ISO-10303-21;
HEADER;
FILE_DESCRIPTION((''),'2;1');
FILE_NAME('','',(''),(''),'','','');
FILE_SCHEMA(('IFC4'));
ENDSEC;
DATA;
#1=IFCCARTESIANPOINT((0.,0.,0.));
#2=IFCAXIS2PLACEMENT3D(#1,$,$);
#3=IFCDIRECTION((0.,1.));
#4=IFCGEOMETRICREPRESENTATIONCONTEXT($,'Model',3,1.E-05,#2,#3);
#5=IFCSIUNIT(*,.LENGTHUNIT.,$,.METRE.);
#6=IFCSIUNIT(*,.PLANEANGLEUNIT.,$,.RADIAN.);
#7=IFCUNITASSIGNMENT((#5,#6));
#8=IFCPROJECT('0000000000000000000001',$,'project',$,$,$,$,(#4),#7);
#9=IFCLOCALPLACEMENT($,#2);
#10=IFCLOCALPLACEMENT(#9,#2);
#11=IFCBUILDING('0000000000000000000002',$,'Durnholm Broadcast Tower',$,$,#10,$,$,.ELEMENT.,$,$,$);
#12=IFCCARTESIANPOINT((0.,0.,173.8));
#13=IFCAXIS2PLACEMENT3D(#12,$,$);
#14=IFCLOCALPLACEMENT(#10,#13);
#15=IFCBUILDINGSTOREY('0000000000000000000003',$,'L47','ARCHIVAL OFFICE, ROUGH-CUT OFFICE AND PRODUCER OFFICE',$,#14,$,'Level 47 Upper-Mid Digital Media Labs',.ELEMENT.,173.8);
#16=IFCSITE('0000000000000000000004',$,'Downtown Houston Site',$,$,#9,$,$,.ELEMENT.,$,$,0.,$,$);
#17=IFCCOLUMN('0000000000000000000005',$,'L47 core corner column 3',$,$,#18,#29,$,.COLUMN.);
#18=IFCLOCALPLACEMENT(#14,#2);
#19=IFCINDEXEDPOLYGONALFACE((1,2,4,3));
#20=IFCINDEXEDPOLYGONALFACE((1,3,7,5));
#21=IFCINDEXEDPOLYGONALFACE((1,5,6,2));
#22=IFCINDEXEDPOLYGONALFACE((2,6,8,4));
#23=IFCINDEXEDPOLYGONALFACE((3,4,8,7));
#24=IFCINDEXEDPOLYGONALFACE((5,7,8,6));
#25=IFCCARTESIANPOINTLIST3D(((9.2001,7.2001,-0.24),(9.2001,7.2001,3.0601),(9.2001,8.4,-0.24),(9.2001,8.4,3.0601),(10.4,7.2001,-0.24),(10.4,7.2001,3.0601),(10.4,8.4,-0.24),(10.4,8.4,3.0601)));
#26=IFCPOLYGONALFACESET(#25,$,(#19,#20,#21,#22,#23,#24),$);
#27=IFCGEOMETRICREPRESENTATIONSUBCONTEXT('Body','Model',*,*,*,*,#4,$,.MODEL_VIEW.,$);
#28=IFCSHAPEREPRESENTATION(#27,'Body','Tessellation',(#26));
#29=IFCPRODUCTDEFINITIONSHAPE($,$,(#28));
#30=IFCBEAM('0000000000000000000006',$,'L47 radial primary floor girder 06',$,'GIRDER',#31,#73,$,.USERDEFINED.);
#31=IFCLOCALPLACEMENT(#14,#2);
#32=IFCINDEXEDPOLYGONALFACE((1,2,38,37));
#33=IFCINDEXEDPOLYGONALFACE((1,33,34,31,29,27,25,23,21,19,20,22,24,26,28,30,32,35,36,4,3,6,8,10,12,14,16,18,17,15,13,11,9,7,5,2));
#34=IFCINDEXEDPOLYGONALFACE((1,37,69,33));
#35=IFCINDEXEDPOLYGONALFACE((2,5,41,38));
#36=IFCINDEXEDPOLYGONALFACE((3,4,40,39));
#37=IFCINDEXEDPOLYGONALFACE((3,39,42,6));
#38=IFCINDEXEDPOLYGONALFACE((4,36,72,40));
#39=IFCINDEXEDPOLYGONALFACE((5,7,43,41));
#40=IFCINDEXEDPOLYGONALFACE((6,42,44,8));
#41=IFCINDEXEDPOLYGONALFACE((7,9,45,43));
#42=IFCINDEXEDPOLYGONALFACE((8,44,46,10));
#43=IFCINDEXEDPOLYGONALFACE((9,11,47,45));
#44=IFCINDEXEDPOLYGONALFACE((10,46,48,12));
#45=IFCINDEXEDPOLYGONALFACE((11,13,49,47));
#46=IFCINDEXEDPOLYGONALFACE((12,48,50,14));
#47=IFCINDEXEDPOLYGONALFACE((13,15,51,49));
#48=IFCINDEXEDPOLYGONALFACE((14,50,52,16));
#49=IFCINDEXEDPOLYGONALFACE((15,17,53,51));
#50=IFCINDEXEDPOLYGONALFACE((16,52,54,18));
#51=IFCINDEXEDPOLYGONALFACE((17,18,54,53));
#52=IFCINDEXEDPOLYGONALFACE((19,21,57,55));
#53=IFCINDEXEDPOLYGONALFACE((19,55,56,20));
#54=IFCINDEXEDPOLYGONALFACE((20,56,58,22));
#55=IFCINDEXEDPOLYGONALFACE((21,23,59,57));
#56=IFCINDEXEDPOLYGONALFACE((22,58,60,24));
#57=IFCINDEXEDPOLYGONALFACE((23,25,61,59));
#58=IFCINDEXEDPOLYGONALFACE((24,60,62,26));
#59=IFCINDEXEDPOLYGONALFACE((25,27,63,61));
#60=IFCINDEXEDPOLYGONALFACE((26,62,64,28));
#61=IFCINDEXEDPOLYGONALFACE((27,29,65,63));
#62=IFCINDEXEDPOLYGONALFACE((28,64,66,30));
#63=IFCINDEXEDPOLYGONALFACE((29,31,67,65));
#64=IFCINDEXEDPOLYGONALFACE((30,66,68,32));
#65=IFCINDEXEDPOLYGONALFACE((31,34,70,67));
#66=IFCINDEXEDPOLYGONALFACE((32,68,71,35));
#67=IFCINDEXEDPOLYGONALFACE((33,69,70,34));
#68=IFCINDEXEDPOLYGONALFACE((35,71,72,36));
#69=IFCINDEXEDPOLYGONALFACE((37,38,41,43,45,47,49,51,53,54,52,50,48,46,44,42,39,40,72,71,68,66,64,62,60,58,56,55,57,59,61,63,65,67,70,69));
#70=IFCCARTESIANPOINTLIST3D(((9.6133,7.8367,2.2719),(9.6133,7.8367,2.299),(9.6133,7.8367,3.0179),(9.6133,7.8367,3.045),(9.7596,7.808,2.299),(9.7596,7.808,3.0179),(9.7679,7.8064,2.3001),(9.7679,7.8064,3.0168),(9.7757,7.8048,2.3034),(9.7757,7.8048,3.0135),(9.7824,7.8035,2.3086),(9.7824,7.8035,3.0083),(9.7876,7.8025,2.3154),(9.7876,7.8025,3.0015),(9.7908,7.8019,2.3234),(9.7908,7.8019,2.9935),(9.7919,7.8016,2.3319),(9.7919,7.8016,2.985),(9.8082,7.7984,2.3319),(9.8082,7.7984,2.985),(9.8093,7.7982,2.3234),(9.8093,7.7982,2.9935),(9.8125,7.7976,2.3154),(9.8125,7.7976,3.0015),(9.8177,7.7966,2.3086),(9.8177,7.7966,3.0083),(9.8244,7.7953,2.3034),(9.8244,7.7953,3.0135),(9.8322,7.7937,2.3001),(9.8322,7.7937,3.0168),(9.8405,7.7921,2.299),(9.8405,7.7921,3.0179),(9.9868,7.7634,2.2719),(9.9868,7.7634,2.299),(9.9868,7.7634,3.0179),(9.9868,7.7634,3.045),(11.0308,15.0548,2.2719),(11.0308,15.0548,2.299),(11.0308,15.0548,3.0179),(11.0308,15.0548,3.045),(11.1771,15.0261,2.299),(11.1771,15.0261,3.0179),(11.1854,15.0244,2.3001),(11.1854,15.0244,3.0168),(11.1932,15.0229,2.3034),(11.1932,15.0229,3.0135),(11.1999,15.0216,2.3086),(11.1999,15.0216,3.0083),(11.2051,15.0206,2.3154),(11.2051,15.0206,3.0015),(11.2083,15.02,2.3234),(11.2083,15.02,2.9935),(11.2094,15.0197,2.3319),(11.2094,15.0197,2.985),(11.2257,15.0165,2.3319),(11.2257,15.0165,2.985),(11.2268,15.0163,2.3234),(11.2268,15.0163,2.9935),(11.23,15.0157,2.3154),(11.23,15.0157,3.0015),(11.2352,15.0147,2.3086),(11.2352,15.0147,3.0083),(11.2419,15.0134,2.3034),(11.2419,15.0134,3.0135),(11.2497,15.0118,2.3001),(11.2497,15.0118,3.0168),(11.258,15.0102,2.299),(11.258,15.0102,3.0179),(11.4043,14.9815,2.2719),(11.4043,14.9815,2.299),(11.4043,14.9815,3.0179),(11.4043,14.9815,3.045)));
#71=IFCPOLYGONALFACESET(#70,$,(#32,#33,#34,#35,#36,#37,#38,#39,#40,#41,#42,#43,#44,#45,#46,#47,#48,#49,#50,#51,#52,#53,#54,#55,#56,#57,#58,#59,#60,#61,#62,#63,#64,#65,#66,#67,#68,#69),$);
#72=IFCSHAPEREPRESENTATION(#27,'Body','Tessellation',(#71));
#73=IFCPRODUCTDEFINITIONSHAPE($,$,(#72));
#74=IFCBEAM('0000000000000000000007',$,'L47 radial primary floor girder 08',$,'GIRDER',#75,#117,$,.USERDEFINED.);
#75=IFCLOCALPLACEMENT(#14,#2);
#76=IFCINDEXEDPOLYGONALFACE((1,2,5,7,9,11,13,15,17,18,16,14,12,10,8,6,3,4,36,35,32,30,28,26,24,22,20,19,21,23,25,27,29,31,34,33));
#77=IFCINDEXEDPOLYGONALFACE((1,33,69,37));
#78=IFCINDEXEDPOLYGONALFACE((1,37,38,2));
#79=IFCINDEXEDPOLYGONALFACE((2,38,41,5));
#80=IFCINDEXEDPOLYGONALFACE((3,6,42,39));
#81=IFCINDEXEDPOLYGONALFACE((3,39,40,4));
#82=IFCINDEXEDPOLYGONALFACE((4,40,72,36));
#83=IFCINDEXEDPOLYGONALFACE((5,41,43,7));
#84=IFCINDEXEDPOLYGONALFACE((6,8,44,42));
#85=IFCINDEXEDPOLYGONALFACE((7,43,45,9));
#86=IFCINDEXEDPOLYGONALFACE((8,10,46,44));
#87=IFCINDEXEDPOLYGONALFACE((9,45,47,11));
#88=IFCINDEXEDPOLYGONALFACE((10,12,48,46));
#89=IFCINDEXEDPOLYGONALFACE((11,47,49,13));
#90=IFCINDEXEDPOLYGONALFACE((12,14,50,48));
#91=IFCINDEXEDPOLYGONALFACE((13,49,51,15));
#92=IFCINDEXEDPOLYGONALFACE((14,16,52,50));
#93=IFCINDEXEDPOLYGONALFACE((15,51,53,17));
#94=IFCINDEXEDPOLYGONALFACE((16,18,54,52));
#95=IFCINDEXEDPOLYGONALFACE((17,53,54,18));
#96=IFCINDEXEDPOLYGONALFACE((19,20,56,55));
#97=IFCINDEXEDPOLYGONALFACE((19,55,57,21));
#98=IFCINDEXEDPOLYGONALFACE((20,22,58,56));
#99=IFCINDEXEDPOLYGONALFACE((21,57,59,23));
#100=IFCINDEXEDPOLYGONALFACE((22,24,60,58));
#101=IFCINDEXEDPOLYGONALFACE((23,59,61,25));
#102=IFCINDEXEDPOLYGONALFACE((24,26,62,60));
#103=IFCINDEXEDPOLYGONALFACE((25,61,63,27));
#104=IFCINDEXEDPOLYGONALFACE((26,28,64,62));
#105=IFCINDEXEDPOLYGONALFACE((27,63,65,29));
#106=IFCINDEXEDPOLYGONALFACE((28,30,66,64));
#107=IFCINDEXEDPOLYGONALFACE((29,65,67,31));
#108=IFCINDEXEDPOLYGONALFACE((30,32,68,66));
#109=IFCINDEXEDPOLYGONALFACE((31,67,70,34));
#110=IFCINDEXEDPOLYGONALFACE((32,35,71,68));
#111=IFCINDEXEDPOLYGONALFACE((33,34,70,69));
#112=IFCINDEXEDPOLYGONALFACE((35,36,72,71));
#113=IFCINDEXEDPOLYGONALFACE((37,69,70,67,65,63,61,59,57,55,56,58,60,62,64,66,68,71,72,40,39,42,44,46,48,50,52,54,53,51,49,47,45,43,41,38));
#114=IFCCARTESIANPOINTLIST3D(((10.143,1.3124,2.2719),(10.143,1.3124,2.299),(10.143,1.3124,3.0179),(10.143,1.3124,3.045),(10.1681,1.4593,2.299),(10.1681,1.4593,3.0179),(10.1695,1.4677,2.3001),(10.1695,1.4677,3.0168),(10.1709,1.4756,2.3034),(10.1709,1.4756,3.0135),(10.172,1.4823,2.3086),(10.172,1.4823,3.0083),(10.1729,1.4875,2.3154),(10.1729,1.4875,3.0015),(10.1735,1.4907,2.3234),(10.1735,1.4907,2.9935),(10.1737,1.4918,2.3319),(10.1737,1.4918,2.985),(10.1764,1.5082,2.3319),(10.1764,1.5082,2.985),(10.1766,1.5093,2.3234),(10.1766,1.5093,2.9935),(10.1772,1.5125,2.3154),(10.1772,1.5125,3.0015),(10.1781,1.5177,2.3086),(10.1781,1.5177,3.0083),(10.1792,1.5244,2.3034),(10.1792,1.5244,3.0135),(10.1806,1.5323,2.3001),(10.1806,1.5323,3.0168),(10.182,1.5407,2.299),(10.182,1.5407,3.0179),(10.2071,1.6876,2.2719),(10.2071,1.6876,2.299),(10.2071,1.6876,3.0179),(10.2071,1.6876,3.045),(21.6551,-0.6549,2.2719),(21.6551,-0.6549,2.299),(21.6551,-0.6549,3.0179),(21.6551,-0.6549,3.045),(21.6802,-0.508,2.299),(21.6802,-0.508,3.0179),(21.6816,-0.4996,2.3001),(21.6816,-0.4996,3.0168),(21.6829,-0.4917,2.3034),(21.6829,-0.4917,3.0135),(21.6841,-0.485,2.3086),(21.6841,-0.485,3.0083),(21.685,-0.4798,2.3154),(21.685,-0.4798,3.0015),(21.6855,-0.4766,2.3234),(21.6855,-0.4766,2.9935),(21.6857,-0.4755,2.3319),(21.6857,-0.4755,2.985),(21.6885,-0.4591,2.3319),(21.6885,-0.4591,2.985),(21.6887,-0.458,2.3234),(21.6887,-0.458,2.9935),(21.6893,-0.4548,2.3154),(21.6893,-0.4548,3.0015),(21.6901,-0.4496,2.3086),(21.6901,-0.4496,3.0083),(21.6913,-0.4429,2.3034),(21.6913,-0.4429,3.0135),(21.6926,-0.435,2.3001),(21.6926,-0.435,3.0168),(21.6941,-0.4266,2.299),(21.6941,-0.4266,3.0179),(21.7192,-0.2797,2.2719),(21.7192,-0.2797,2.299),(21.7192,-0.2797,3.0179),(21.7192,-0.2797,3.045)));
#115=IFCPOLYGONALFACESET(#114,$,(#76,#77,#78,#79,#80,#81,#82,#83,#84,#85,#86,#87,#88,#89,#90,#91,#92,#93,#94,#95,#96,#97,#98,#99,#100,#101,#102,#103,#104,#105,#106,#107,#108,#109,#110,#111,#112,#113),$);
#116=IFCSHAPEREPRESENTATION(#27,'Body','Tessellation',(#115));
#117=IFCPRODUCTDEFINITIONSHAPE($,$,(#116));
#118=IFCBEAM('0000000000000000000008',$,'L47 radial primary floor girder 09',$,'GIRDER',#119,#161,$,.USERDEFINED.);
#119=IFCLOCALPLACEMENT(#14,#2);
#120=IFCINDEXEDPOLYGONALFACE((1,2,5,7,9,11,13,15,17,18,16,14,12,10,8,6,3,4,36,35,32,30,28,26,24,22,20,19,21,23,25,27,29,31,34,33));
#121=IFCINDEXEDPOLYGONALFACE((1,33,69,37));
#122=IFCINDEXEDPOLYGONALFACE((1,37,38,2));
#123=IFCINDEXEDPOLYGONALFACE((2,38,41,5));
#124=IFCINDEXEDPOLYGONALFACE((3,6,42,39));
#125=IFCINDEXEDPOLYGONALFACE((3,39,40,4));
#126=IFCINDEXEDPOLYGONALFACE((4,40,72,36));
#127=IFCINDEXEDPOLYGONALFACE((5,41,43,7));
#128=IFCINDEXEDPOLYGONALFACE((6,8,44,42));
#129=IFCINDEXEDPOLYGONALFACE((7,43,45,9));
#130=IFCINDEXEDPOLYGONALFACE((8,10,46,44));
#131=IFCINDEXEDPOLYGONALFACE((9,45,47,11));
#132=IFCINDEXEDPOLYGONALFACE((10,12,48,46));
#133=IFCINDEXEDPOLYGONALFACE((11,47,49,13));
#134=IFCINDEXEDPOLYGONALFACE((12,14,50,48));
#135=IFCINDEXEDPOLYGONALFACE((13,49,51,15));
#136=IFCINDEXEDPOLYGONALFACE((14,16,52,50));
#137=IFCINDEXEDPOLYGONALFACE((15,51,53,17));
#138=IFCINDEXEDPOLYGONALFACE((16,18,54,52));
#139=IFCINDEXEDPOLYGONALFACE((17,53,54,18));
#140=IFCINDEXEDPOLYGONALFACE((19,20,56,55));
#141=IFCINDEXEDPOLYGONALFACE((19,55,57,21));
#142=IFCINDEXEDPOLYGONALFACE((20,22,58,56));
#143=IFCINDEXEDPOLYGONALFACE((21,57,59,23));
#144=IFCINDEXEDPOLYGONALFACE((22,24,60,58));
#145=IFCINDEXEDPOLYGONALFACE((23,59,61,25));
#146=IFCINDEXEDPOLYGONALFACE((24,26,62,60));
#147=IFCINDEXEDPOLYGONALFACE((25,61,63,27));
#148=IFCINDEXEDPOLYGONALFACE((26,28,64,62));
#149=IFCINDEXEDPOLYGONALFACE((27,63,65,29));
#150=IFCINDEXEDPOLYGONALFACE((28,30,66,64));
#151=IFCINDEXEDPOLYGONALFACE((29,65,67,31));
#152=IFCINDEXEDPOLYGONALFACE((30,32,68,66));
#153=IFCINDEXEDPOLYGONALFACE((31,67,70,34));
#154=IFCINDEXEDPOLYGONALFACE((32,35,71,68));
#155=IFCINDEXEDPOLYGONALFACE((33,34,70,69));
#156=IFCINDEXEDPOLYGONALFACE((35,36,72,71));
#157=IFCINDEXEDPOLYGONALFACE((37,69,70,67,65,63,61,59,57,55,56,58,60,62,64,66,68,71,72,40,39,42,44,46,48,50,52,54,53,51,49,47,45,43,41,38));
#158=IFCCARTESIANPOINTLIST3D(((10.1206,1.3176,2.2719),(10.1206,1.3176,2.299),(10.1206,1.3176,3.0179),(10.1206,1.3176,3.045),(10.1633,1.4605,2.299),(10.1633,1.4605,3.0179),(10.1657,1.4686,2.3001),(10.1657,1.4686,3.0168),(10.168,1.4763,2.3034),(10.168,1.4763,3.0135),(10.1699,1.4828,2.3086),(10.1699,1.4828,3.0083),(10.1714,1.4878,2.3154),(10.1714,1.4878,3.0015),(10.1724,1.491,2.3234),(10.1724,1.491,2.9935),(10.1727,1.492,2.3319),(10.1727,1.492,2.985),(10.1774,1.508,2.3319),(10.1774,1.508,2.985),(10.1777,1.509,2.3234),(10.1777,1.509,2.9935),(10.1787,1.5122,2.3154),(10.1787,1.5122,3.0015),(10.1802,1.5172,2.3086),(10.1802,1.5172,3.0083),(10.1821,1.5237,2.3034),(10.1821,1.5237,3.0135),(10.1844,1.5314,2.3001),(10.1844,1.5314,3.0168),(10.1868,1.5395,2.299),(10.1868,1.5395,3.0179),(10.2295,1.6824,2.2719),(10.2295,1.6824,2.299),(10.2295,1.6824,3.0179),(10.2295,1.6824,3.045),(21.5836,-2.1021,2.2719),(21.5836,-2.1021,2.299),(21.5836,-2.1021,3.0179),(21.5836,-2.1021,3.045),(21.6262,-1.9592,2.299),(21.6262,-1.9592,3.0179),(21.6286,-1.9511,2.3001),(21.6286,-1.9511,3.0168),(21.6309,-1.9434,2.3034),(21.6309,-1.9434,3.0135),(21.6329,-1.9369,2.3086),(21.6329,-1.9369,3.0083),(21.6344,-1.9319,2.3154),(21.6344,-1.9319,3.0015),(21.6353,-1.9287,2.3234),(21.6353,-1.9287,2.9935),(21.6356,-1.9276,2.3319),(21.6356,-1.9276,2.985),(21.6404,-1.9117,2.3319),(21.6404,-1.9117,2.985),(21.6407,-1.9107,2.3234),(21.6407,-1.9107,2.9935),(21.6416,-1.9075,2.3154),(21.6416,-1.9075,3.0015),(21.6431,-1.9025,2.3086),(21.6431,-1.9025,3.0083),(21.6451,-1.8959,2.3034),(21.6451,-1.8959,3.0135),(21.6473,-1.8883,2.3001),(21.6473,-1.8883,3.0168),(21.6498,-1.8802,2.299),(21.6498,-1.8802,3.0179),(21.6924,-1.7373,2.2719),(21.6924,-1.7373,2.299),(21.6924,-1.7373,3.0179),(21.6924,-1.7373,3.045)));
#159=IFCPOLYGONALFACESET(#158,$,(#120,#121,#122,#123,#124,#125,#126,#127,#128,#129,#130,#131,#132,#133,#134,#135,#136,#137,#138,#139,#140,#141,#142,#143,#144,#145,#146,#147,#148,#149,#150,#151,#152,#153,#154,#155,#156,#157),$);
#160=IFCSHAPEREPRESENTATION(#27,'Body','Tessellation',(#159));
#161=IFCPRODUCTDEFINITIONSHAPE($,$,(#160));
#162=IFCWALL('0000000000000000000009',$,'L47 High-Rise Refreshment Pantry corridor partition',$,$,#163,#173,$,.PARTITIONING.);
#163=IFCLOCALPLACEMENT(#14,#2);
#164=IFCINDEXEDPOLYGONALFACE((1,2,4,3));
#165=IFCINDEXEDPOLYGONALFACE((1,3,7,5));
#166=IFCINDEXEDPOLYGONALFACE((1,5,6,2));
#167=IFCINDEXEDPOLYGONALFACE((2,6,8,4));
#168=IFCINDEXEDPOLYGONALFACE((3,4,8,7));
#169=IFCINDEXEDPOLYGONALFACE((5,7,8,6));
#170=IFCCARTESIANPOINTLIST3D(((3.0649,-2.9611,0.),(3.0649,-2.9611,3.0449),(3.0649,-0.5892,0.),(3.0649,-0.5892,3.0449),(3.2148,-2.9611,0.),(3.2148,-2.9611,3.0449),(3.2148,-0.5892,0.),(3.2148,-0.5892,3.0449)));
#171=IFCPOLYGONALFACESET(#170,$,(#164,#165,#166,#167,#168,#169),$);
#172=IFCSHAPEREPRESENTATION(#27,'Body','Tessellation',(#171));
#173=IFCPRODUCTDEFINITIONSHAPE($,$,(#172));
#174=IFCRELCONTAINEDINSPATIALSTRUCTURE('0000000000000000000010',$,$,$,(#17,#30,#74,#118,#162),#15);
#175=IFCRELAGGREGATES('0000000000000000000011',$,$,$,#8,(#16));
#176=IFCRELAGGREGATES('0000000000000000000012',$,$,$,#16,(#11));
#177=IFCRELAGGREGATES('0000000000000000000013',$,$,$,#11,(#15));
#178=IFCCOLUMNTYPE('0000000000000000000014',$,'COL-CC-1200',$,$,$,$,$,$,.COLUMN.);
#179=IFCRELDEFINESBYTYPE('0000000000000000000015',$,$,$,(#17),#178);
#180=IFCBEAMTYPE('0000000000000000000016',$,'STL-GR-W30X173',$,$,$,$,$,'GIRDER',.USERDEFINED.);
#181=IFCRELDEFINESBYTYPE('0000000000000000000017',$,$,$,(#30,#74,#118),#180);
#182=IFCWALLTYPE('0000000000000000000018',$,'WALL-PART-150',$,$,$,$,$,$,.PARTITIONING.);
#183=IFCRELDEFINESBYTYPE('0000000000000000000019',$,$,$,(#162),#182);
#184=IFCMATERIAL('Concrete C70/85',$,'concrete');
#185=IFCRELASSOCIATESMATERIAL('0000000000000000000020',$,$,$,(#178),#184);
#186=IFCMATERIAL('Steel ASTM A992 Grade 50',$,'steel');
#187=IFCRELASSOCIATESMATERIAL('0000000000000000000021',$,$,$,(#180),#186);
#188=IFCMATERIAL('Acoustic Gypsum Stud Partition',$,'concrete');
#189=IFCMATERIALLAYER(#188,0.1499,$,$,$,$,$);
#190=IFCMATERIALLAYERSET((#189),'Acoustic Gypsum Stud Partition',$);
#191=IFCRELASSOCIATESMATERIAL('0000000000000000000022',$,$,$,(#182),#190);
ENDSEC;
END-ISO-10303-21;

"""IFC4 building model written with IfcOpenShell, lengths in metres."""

from ifc_helpers import new_model, si_unit, direction, frame, frame_2d, origin, origin_2d, place, context, subcontext, project, spatial, rectangle, i_section, extrude, source, transform, mapped, material, layer, layer_set, material_profile, profile_set, type_object, type_shapes, element, save


model = new_model("IFC4")

# Units and contexts
model_context = context("Model", 3, precision=1e-05, world=origin(), true_north=direction((0.0, 1.0)))
body_context = subcontext(model_context, "Body", "Model", "MODEL_VIEW")
ifc_project = project(units=[si_unit("LENGTHUNIT", "METRE"), si_unit("PLANEANGLEUNIT", "RADIAN")], contexts=[model_context])

# Site, building, storey
site_placement = place(None, origin())
site = spatial("IfcSite", under=ifc_project, at=site_placement, Name="Downtown Houston Site", CompositionType="ELEMENT", RefElevation=0.0)
building_placement = place(site_placement, origin())
building = spatial("IfcBuilding", under=site, at=building_placement, Name="Durnholm Broadcast Tower", CompositionType="ELEMENT")
storey_placement = place(building_placement, frame((0.0, 0.0, 173.8)))
storey = spatial("IfcBuildingStorey", under=building, at=storey_placement, Name="L47", Description="ARCHIVAL OFFICE, ROUGH-CUT OFFICE AND PRODUCER OFFICE", LongName="Level 47 Upper-Mid Digital Media Labs", CompositionType="ELEMENT", Elevation=173.8)

# Column
ifc_material_1 = material(Name="Concrete C70/85", Category="concrete")
ifc_material_profile_1 = material_profile(ifc_material_1, rectangle(XDim=1.2, YDim=1.2, at=origin_2d()), Name="RC1200X1200")
ifc_profile_set_1 = profile_set([ifc_material_profile_1], Name="Concrete C70/85")
column_type = type_object("IfcColumnType", Name="COL-CC-1200", PredefinedType="COLUMN", material=ifc_profile_set_1)
shared_shape_1 = source(origin(), body_context, "Body", "SweptSolid", [
    extrude(rectangle(XDim=1.2, YDim=1.2, at=origin_2d()), origin(), (0.0, 0.0, 1.0), 3.3),
])
type_shapes(column_type, [shared_shape_1])
column_placement = place(storey_placement, frame((9.8, 7.8, -0.24), z_axis=(0.0, 0.0, 1.0), x_axis=(1.0, 0.0, 0.0)))
element("IfcColumn", 1, at=column_placement, inside=storey, type_object=column_type, Name="L47 core corner column 3", PredefinedType="COLUMN", context=body_context, shape_type="MappedRepresentation", body=[
    mapped(shared_shape_1, transform((0.0, 0.0, 0.0), x_axis=(1.0, 0.0, 0.0), y_axis=(0.0, 1.0, 0.0), z_axis=(0.0, 0.0, 1.0), scale=1.0)),
])

# Beams
ifc_material_2 = material(Name="Steel ASTM A992 Grade 50", Category="steel")
ifc_material_profile_2 = material_profile(ifc_material_2, i_section(OverallWidth=0.3806, OverallDepth=0.7732, WebThickness=0.0166, FlangeThickness=0.0271, FilletRadius=0.033, at=origin_2d()), Name="W30X173")
ifc_profile_set_2 = profile_set([ifc_material_profile_2], Name="Steel ASTM A992 Grade 50")
beam_type = type_object("IfcBeamType", Name="STL-GR-W30X173", ElementType="GIRDER", PredefinedType="USERDEFINED", material=ifc_profile_set_2)
shared_shape_2 = source(origin(), body_context, "Body", "SweptSolid", [
    extrude(i_section(OverallWidth=0.3806, OverallDepth=0.7732, WebThickness=0.0166, FlangeThickness=0.0271, FilletRadius=0.033, at=origin_2d()), origin(), (0.0, 0.0, 1.0), 7.356),
])
beam_1_placement = place(storey_placement, frame((9.8, 7.8, 2.6584), z_axis=(0.1927, 0.981258, 0.0), x_axis=(-0.981258, 0.1927, 0.0)))
element("IfcBeam", 2, at=beam_1_placement, inside=storey, type_object=beam_type, Name="L47 radial primary floor girder 06", ObjectType="GIRDER", PredefinedType="USERDEFINED", context=body_context, shape_type="MappedRepresentation", body=[
    mapped(shared_shape_2, transform((0.0, 0.0, 0.0), x_axis=(1.0, 0.0, 0.0), y_axis=(0.0, 1.0, 0.0), z_axis=(0.0, 0.0, 1.0), scale=1.0)),
])
shared_shape_3 = source(origin(), body_context, "Body", "SweptSolid", [
    extrude(i_section(OverallWidth=0.3806, OverallDepth=0.7732, WebThickness=0.0166, FlangeThickness=0.0271, FilletRadius=0.033, at=origin_2d()), origin(), (0.0, 0.0, 1.0), 11.679),
])
beam_2_placement = place(storey_placement, frame((10.175, 1.5, 2.6584), z_axis=(0.98571, -0.168449, 0.0), x_axis=(0.168449, 0.98571, 0.0)))
element("IfcBeam", 3, at=beam_2_placement, inside=storey, type_object=beam_type, Name="L47 radial primary floor girder 08", ObjectType="GIRDER", PredefinedType="USERDEFINED", context=body_context, shape_type="MappedRepresentation", body=[
    mapped(shared_shape_3, transform((0.0, 0.0, 0.0), x_axis=(1.0, 0.0, 0.0), y_axis=(0.0, 1.0, 0.0), z_axis=(0.0, 0.0, 1.0), scale=1.0)),
])
shared_shape_4 = source(origin(), body_context, "Body", "SweptSolid", [
    extrude(i_section(OverallWidth=0.3806, OverallDepth=0.7732, WebThickness=0.0166, FlangeThickness=0.0271, FilletRadius=0.033, at=origin_2d()), origin(), (0.0, 0.0, 1.0), 11.9622),
])
type_shapes(beam_type, [shared_shape_2, shared_shape_3, shared_shape_4])
beam_3_placement = place(storey_placement, frame((10.175, 1.5, 2.6584), z_axis=(0.958267, -0.285876, 0.0), x_axis=(0.285876, 0.958267, 0.0)))
element("IfcBeam", 4, at=beam_3_placement, inside=storey, type_object=beam_type, Name="L47 radial primary floor girder 09", ObjectType="GIRDER", PredefinedType="USERDEFINED", context=body_context, shape_type="MappedRepresentation", body=[
    mapped(shared_shape_4, transform((0.0, 0.0, 0.0), x_axis=(1.0, 0.0, 0.0), y_axis=(0.0, 1.0, 0.0), z_axis=(0.0, 0.0, 1.0), scale=1.0)),
])

# Wall
ifc_material_3 = material(Name="Acoustic Gypsum Stud Partition", Category="concrete")
ifc_layer_1 = layer(ifc_material_3, 0.1499)
ifc_layer_set_1 = layer_set([ifc_layer_1], Name="Acoustic Gypsum Stud Partition")
wall_type_1 = type_object("IfcWallType", Name="WALL-PART-150", PredefinedType="PARTITIONING", material=ifc_layer_set_1)
wall_1_placement = place(storey_placement, frame((3.1399, -0.5891, 0.0), z_axis=(0.0, 0.0, 1.0), x_axis=(0.0, -1.0, 0.0)))
element("IfcWall", 5, at=wall_1_placement, inside=storey, type_object=wall_type_1, Name="L47 High-Rise Refreshment Pantry corridor partition", PredefinedType="PARTITIONING", context=body_context, shape_type="SweptSolid", body=[
    extrude(rectangle(XDim=2.3718, YDim=0.1499, at=frame_2d((1.186, 0.0))), origin(), (0.0, 0.0, 1.0), 3.0449),
])

save(model, "model.ifc")
